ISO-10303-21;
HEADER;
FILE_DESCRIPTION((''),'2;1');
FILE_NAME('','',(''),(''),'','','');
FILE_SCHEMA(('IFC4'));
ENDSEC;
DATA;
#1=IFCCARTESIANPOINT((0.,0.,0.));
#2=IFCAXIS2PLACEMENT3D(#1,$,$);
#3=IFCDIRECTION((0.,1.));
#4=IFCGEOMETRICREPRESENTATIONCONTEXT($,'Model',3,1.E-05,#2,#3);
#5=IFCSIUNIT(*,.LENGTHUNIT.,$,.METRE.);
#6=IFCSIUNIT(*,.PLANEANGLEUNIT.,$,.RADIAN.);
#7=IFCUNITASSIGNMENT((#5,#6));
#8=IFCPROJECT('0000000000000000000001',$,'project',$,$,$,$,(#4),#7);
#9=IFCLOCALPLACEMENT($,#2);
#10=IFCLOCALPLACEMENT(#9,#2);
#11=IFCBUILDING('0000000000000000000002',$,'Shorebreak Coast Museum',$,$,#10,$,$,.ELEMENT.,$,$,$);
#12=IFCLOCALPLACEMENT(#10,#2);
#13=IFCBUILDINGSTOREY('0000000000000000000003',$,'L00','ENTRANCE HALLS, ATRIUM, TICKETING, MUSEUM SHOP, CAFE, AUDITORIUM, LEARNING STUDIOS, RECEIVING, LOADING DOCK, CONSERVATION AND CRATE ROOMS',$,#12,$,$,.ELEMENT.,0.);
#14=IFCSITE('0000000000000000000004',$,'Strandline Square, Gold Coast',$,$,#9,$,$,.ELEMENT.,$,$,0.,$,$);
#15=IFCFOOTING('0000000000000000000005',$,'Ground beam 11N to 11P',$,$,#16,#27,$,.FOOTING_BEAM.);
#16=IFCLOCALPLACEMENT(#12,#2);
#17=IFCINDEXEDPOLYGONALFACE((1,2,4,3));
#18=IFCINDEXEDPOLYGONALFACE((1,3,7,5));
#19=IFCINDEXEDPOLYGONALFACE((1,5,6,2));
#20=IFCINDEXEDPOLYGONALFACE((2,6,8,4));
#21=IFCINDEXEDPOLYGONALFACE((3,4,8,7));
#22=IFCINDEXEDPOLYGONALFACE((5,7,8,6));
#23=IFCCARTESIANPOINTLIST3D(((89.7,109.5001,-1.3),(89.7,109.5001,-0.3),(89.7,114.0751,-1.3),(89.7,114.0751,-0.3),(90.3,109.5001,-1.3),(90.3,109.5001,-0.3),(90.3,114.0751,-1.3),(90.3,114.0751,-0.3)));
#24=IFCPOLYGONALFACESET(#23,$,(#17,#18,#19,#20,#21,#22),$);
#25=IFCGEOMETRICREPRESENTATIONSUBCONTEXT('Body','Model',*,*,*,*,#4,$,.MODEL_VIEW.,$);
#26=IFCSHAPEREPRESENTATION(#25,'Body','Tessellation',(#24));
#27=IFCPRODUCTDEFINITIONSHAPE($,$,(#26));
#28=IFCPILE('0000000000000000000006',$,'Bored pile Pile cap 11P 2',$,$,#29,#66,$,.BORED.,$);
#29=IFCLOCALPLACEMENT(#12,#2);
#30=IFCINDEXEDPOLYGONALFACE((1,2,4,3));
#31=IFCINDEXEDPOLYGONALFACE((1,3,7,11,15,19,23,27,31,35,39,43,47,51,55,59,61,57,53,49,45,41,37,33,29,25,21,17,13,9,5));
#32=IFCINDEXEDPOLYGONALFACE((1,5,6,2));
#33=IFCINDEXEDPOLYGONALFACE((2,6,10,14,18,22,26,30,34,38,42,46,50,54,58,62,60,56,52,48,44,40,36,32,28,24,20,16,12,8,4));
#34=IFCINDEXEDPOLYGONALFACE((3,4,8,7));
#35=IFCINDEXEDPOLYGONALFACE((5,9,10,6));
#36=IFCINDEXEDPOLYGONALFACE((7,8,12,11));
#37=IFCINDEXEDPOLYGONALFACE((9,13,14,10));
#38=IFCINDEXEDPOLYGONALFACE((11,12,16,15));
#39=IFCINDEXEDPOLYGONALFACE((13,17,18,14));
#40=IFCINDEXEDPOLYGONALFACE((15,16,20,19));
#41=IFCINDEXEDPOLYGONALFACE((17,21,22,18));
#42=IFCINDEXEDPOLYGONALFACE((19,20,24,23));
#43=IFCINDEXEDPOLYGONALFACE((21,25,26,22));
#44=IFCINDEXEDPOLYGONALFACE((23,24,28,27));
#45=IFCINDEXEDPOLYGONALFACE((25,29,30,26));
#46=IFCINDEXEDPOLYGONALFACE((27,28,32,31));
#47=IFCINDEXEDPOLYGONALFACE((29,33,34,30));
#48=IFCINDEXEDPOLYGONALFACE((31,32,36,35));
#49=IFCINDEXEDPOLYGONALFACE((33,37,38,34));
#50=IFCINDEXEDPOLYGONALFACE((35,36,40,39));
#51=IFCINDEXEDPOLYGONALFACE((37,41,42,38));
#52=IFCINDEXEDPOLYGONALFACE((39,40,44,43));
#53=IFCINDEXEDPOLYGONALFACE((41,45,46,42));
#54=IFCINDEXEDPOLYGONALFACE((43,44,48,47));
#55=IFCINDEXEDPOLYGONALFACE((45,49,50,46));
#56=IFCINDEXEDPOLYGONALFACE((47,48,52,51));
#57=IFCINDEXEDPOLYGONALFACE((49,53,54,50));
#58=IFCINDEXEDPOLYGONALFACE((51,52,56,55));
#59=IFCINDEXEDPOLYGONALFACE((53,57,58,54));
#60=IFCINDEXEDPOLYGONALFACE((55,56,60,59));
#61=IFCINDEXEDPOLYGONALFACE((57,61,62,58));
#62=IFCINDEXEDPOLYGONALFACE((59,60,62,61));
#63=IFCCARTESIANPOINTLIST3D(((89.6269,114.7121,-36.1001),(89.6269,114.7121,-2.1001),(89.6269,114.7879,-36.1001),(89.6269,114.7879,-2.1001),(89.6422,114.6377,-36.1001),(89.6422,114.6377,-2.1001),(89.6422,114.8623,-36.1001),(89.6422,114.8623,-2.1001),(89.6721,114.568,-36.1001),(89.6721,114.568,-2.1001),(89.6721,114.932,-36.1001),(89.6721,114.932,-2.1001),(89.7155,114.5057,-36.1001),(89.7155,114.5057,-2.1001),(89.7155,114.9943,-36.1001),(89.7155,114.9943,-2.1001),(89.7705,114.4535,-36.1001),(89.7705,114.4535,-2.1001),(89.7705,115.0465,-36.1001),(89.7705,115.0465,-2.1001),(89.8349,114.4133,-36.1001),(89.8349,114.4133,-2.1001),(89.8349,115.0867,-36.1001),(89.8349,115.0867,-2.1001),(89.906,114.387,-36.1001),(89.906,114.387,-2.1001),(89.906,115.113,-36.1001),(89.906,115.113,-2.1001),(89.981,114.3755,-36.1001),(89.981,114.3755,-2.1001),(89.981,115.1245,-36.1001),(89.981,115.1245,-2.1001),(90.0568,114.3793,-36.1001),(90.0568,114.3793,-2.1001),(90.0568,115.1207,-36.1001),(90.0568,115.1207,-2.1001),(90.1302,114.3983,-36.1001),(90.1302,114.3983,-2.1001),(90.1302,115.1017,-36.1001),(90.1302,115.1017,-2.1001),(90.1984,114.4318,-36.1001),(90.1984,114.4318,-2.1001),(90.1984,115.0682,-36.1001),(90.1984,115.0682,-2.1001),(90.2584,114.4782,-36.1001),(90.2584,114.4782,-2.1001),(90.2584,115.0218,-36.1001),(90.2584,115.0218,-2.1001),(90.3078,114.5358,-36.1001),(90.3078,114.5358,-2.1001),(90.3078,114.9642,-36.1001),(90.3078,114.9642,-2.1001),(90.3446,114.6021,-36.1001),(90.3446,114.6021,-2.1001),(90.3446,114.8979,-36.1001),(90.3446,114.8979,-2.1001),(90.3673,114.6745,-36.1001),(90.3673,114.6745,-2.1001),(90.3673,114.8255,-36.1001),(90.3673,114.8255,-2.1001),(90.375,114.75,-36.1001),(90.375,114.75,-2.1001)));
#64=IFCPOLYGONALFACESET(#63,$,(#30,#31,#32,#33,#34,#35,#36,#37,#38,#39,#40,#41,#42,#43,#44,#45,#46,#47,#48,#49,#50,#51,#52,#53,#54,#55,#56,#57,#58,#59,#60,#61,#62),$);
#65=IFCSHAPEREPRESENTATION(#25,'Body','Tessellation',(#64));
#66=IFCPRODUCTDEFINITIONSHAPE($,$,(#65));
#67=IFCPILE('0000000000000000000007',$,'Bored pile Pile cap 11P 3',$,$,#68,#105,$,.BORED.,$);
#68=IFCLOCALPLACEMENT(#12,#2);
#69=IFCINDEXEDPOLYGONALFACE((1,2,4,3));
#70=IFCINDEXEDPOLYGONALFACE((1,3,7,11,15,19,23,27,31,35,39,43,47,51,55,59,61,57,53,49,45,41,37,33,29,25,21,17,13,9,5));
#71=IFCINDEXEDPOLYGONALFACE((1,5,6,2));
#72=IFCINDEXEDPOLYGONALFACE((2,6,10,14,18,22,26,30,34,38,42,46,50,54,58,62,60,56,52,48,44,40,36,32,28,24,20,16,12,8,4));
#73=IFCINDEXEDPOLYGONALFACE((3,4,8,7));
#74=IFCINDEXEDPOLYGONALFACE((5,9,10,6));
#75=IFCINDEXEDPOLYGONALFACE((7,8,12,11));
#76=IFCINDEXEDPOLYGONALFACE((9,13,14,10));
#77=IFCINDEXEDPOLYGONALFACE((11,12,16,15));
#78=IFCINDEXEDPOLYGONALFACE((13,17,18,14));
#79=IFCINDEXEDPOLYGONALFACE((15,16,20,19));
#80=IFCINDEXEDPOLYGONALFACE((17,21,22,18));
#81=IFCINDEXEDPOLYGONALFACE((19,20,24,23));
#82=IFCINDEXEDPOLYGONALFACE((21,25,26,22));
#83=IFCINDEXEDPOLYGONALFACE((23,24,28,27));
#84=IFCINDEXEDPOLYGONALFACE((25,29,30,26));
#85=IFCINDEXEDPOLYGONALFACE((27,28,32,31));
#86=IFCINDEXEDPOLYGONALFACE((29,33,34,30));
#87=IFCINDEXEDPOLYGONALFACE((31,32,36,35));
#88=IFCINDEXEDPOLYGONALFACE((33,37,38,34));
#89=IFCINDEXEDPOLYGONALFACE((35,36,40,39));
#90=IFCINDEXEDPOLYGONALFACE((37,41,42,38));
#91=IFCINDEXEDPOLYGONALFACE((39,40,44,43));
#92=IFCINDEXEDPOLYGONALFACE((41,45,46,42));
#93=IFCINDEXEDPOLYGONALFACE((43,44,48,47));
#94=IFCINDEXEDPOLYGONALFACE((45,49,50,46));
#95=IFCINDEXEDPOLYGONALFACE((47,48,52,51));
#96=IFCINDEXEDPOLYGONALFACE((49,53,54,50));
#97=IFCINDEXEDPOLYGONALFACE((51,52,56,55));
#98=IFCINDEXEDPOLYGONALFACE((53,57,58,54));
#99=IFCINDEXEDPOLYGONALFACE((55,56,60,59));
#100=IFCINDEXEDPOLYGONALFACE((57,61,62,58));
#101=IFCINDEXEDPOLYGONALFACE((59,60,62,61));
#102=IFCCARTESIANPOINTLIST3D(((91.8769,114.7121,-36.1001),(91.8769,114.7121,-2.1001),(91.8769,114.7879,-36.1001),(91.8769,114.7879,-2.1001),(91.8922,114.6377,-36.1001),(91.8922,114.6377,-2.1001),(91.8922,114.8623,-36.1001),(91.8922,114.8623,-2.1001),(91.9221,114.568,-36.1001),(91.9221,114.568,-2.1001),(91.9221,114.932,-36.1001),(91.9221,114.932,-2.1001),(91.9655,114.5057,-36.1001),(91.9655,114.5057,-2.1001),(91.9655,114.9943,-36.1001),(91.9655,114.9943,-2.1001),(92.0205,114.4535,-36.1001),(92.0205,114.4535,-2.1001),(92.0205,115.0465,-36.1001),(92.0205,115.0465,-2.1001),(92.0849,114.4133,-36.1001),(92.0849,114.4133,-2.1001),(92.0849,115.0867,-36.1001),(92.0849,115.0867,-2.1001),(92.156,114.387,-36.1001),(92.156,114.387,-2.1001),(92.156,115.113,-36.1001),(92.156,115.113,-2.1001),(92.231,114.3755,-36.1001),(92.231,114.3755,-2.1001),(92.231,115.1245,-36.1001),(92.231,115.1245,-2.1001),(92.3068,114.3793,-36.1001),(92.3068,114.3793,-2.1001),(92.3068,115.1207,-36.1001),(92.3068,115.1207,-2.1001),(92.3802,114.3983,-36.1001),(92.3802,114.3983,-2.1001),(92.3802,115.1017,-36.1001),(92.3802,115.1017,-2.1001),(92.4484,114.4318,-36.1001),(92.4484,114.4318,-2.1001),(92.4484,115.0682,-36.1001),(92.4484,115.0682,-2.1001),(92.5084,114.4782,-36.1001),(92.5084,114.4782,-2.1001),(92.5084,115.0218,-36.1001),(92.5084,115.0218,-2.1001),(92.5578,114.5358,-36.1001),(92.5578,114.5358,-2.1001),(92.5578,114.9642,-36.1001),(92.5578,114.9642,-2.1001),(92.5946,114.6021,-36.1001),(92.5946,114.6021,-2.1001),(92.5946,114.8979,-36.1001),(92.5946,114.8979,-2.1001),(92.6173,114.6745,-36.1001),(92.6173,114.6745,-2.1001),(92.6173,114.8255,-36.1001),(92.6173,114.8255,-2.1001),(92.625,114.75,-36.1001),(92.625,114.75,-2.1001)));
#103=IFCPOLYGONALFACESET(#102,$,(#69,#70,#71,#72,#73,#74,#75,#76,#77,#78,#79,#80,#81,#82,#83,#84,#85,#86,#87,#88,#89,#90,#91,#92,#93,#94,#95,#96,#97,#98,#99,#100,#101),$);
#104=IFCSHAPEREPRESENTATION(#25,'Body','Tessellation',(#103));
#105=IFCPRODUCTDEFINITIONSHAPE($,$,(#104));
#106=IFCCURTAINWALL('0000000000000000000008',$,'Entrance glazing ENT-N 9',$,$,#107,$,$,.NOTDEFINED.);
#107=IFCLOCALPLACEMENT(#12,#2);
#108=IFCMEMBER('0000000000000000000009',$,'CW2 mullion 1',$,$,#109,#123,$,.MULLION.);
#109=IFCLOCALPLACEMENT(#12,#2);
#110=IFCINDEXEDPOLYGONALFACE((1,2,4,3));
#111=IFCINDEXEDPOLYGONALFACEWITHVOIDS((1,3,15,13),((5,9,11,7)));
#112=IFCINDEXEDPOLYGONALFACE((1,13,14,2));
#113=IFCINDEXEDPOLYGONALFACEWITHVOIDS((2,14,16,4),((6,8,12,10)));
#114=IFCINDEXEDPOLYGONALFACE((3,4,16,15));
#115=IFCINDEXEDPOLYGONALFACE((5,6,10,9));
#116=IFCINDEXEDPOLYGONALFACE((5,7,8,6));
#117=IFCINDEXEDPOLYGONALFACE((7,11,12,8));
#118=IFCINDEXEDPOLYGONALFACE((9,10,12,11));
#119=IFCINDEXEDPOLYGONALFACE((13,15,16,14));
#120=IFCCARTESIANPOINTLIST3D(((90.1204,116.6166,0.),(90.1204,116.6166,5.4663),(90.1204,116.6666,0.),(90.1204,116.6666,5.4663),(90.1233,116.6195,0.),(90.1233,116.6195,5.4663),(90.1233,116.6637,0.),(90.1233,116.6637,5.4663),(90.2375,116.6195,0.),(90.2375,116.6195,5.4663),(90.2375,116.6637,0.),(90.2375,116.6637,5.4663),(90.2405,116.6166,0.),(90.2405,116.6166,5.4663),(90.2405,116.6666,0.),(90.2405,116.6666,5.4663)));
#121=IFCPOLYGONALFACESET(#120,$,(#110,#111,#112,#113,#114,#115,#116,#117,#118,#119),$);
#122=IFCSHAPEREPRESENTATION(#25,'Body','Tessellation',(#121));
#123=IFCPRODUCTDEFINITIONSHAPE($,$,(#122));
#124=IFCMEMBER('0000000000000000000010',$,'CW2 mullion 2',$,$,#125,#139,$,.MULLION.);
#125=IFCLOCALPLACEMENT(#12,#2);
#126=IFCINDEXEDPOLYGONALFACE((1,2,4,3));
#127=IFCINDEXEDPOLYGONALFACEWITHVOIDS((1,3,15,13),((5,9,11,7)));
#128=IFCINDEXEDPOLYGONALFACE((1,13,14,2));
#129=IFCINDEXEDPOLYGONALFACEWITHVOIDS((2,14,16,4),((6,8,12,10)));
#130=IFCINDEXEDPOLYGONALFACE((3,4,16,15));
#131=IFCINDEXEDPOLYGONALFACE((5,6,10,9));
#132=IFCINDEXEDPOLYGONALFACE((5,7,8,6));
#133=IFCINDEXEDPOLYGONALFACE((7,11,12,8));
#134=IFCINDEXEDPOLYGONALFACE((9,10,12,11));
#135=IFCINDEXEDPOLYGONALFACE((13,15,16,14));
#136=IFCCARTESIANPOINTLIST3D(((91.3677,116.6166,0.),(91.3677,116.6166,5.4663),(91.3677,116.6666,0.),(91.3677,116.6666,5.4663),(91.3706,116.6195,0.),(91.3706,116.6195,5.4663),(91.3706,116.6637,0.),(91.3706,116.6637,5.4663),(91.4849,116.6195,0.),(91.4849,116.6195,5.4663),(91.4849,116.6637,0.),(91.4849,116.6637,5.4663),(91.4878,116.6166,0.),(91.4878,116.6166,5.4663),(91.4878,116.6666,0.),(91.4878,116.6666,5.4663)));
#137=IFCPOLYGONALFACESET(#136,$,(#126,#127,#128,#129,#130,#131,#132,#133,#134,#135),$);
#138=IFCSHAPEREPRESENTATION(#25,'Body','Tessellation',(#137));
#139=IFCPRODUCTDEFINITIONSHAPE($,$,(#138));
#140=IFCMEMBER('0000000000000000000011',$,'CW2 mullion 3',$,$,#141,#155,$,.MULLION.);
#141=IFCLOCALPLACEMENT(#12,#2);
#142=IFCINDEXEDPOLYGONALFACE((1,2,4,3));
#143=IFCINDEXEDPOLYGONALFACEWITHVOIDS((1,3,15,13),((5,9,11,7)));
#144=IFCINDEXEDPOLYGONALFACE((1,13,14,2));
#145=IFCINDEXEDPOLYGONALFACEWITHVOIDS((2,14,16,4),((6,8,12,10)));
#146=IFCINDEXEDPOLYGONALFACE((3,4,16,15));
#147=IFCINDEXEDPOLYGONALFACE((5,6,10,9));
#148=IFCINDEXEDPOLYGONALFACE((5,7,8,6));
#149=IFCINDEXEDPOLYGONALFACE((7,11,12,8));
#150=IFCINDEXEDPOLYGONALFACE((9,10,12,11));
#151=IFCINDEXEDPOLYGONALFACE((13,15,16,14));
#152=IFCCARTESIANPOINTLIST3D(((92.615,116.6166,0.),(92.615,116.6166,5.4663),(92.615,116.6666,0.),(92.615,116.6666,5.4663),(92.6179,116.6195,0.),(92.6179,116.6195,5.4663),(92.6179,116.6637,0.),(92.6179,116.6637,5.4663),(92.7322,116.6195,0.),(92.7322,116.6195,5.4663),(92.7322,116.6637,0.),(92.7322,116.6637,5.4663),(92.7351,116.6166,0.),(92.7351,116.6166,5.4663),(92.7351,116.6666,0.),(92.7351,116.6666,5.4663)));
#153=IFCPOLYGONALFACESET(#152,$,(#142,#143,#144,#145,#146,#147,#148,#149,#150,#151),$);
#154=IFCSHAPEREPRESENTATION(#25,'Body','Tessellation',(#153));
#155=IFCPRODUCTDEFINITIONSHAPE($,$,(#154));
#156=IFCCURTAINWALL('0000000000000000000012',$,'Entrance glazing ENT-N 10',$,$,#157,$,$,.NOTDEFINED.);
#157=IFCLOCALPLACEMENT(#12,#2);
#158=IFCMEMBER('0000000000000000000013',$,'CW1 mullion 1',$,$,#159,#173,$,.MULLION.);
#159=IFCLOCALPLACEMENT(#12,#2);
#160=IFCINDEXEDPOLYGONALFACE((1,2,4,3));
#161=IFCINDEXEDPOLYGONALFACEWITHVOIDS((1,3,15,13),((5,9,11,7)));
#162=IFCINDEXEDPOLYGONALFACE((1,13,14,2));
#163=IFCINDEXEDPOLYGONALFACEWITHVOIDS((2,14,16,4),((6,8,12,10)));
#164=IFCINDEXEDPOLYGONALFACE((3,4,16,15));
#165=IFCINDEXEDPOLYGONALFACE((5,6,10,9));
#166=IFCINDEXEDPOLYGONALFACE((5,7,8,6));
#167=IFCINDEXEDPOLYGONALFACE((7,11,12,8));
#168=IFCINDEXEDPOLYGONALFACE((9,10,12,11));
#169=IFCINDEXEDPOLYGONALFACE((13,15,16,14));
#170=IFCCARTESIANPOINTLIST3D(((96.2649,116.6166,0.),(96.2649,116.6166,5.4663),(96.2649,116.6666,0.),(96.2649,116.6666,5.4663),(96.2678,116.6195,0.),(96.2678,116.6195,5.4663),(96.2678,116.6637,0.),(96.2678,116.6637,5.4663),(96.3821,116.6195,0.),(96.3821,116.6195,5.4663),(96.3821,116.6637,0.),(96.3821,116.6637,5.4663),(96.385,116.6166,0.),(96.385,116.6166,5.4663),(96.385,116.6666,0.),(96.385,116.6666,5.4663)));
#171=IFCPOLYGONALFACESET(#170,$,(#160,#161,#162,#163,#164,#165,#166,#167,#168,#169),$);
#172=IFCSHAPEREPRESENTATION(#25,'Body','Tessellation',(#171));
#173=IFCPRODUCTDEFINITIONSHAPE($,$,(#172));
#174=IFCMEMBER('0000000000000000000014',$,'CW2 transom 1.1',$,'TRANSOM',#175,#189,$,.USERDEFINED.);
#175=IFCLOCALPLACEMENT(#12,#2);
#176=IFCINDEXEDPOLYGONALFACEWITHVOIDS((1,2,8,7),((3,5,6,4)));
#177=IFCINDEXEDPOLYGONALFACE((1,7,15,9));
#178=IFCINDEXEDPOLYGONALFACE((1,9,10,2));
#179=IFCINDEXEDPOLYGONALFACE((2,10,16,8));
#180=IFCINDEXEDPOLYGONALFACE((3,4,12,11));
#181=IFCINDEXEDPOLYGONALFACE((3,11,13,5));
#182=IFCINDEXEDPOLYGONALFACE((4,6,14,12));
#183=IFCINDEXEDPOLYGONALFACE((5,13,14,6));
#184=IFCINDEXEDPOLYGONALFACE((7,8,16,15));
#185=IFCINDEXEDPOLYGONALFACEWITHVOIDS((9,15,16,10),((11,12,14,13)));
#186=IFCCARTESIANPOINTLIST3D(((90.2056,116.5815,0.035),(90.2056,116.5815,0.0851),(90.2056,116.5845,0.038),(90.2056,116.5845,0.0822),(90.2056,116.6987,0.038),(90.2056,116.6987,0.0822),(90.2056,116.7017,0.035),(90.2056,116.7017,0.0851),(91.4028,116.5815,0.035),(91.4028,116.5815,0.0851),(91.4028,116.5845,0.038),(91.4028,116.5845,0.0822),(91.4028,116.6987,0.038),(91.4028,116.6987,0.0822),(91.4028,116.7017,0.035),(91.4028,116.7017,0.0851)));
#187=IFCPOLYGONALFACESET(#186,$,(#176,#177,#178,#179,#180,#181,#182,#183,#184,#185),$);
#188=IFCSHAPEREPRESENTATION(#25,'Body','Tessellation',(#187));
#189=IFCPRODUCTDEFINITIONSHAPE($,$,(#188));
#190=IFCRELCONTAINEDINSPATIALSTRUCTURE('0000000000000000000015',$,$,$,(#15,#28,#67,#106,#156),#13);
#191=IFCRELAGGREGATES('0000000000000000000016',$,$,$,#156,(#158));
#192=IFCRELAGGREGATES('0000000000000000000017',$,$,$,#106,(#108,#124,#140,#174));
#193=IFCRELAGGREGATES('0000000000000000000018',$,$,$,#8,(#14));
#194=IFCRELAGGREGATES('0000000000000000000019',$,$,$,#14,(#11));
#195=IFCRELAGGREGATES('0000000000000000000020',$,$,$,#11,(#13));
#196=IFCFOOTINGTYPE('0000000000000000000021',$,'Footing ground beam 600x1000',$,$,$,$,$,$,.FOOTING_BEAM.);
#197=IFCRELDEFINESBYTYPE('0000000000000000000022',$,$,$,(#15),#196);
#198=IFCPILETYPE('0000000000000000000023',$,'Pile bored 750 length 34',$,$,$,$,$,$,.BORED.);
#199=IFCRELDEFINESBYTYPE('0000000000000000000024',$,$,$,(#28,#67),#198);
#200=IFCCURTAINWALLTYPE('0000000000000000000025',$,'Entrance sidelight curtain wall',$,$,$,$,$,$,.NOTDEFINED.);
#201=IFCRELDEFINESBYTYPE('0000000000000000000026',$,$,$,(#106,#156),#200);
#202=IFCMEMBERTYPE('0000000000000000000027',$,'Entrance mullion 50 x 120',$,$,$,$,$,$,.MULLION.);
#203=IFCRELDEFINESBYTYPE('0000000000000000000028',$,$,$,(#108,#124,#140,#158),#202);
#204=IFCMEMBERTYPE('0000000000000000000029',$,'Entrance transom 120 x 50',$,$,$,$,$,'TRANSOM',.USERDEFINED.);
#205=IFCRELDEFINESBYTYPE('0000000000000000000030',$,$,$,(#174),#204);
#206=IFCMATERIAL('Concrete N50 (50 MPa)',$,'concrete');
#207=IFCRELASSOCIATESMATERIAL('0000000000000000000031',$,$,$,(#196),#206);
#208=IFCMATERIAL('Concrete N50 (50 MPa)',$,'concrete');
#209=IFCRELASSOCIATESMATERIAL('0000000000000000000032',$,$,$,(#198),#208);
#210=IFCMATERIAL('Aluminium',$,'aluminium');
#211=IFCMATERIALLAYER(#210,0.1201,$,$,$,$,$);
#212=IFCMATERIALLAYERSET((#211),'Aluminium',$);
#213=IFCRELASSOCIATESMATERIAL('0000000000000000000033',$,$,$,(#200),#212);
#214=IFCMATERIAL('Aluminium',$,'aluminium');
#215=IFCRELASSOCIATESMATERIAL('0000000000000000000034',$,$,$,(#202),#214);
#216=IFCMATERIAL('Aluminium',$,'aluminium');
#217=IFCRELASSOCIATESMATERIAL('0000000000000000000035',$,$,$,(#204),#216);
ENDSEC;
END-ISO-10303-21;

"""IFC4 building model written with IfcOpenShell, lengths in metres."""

from ifc_helpers import new_model, si_unit, direction, frame, origin, origin_2d, place, context, subcontext, project, spatial, rectangle, hollow_rectangle, circle, extrude, material, layer, layer_set, material_profile, profile_set, type_object, element, aggregate, save


model = new_model("IFC4")

# Units and contexts
model_context = context("Model", 3, precision=1e-05, world=origin(), true_north=direction((0.0, 1.0)))
body_context = subcontext(model_context, "Body", "Model", "MODEL_VIEW")
ifc_project = project(units=[si_unit("LENGTHUNIT", "METRE"), si_unit("PLANEANGLEUNIT", "RADIAN")], contexts=[model_context])

# Site, building, storey
site_placement = place(None, origin())
site = spatial("IfcSite", under=ifc_project, at=site_placement, Name="Strandline Square, Gold Coast", CompositionType="ELEMENT", RefElevation=0.0)
building_placement = place(site_placement, origin())
building = spatial("IfcBuilding", under=site, at=building_placement, Name="Shorebreak Coast Museum", CompositionType="ELEMENT")
storey_placement = place(building_placement, origin())
storey = spatial("IfcBuildingStorey", under=building, at=storey_placement, Name="L00", Description="ENTRANCE HALLS, ATRIUM, TICKETING, MUSEUM SHOP, CAFE, AUDITORIUM, LEARNING STUDIOS, RECEIVING, LOADING DOCK, CONSERVATION AND CRATE ROOMS", CompositionType="ELEMENT", Elevation=0.0)

# Footing
ifc_material_1 = material(Name="Concrete N50 (50 MPa)", Category="concrete")
footing_type = type_object("IfcFootingType", Name="Footing ground beam 600x1000", PredefinedType="FOOTING_BEAM", material=ifc_material_1)
footing_placement = place(storey_placement, frame((90.0, 111.7876, -1.3), z_axis=(0.0, 0.0, 1.0), x_axis=(1.0, 0.0, 0.0)))
element("IfcFooting", 1, at=footing_placement, inside=storey, type_object=footing_type, Name="Ground beam 11N to 11P", PredefinedType="FOOTING_BEAM", context=body_context, shape_type="SweptSolid", body=[
    extrude(rectangle(XDim=0.6001, YDim=4.575, at=origin_2d()), origin(), (0.0, 0.0, 1.0), 1.0),
])

# Piles
ifc_material_2 = material(Name="Concrete N50 (50 MPa)", Category="concrete")
ifc_material_profile_1 = material_profile(ifc_material_2, circle(Radius=0.375, at=origin_2d()), Name="Pile bored 750 length 34")
ifc_profile_set_1 = profile_set([ifc_material_profile_1], Name="Concrete N50 (50 MPa)")
pile_type = type_object("IfcPileType", Name="Pile bored 750 length 34", PredefinedType="BORED", material=ifc_profile_set_1)
for number, where, z_axis, x_axis, name in (
    (2, (90.0, 114.75, -2.1001), (0.0, 0.0, -1.0), (1.0, 0.0, 0.0), "Bored pile Pile cap 11P 2"),
    (3, (92.25, 114.75, -2.1001), (0.0, 0.0, -1.0), (1.0, 0.0, 0.0), "Bored pile Pile cap 11P 3"),
):
    element("IfcPile", number, at=place(storey_placement, frame(where, z_axis=z_axis, x_axis=x_axis)), inside=storey, type_object=pile_type, Name=name, PredefinedType="BORED", context=body_context, shape_type="SweptSolid", body=[
        extrude(circle(Radius=0.375, at=origin_2d()), origin(), (0.0, 0.0, 1.0), 34.0),
    ])

# Curtain wall, members
ifc_material_3 = material(Name="Aluminium", Category="aluminium")
ifc_layer_1 = layer(ifc_material_3, 0.1201)
ifc_layer_set_1 = layer_set([ifc_layer_1], Name="Aluminium")
curtain_wall_type = type_object("IfcCurtainWallType", Name="Entrance sidelight curtain wall", PredefinedType="NOTDEFINED", material=ifc_layer_set_1)
curtain_wall_1_placement = place(storey_placement, origin())
curtain_wall_1 = element("IfcCurtainWall", 4, at=curtain_wall_1_placement, inside=storey, type_object=curtain_wall_type, Name="Entrance glazing ENT-N 9", PredefinedType="NOTDEFINED")
ifc_material_4 = material(Name="Aluminium", Category="aluminium")
ifc_material_profile_2 = material_profile(ifc_material_4, hollow_rectangle(XDim=0.05, YDim=0.1201, WallThickness=0.0029, at=origin_2d()), Name="AL 120x50 RHS")
ifc_profile_set_2 = profile_set([ifc_material_profile_2], Name="Aluminium")
member_type_1 = type_object("IfcMemberType", Name="Entrance mullion 50 x 120", PredefinedType="MULLION", material=ifc_profile_set_2)
member_1_placement = place(storey_placement, frame((90.1804, 116.6416, 0.0), z_axis=(0.0, 0.0, 1.0), x_axis=(0.0, 1.0, 0.0)))
member_1 = element("IfcMember", 5, at=member_1_placement, type_object=member_type_1, Name="CW2 mullion 1", PredefinedType="MULLION", context=body_context, shape_type="SweptSolid", body=[
    extrude(hollow_rectangle(XDim=0.05, YDim=0.1201, WallThickness=0.0029, at=origin_2d()), origin(), (0.0, 0.0, 1.0), 5.4663),
])
member_2_placement = place(storey_placement, frame((91.4277, 116.6416, 0.0), z_axis=(0.0, 0.0, 1.0), x_axis=(0.0, 1.0, 0.0)))
member_2 = element("IfcMember", 6, at=member_2_placement, type_object=member_type_1, Name="CW2 mullion 2", PredefinedType="MULLION", context=body_context, shape_type="SweptSolid", body=[
    extrude(hollow_rectangle(XDim=0.05, YDim=0.1201, WallThickness=0.0029, at=origin_2d()), origin(), (0.0, 0.0, 1.0), 5.4663),
])
member_3_placement = place(storey_placement, frame((92.675, 116.6416, 0.0), z_axis=(0.0, 0.0, 1.0), x_axis=(0.0, 1.0, 0.0)))
member_3 = element("IfcMember", 7, at=member_3_placement, type_object=member_type_1, Name="CW2 mullion 3", PredefinedType="MULLION", context=body_context, shape_type="SweptSolid", body=[
    extrude(hollow_rectangle(XDim=0.05, YDim=0.1201, WallThickness=0.0029, at=origin_2d()), origin(), (0.0, 0.0, 1.0), 5.4663),
])

# Curtain wall, member
curtain_wall_2_placement = place(storey_placement, origin())
curtain_wall_2 = element("IfcCurtainWall", 8, at=curtain_wall_2_placement, inside=storey, type_object=curtain_wall_type, Name="Entrance glazing ENT-N 10", PredefinedType="NOTDEFINED")
member_4_placement = place(storey_placement, frame((96.325, 116.6416, 0.0), z_axis=(0.0, 0.0, 1.0), x_axis=(0.0, 1.0, 0.0)))
member_4 = element("IfcMember", 9, at=member_4_placement, type_object=member_type_1, Name="CW1 mullion 1", PredefinedType="MULLION", context=body_context, shape_type="SweptSolid", body=[
    extrude(hollow_rectangle(XDim=0.05, YDim=0.1201, WallThickness=0.0029, at=origin_2d()), origin(), (0.0, 0.0, 1.0), 5.4663),
])

# Member
ifc_material_5 = material(Name="Aluminium", Category="aluminium")
ifc_material_profile_3 = material_profile(ifc_material_5, hollow_rectangle(XDim=0.1201, YDim=0.05, WallThickness=0.0029, at=origin_2d()), Name="AL 50x120 RHS")
ifc_profile_set_3 = profile_set([ifc_material_profile_3], Name="Aluminium")
member_type_2 = type_object("IfcMemberType", Name="Entrance transom 120 x 50", ElementType="TRANSOM", PredefinedType="USERDEFINED", material=ifc_profile_set_3)
member_5_placement = place(storey_placement, frame((90.2056, 116.6416, 0.0601), z_axis=(1.0, 0.0, 0.0), x_axis=(0.0, 1.0, 0.0)))
member_5 = element("IfcMember", 10, at=member_5_placement, type_object=member_type_2, Name="CW2 transom 1.1", ObjectType="TRANSOM", PredefinedType="USERDEFINED", context=body_context, shape_type="SweptSolid", body=[
    extrude(hollow_rectangle(XDim=0.1201, YDim=0.05, WallThickness=0.0029, at=origin_2d()), origin(), (0.0, 0.0, 1.0), 1.1973),
])
aggregate(curtain_wall_2, [member_4])

aggregate(curtain_wall_1, [member_1, member_2, member_3, member_5])

save(model, "model.ifc")
